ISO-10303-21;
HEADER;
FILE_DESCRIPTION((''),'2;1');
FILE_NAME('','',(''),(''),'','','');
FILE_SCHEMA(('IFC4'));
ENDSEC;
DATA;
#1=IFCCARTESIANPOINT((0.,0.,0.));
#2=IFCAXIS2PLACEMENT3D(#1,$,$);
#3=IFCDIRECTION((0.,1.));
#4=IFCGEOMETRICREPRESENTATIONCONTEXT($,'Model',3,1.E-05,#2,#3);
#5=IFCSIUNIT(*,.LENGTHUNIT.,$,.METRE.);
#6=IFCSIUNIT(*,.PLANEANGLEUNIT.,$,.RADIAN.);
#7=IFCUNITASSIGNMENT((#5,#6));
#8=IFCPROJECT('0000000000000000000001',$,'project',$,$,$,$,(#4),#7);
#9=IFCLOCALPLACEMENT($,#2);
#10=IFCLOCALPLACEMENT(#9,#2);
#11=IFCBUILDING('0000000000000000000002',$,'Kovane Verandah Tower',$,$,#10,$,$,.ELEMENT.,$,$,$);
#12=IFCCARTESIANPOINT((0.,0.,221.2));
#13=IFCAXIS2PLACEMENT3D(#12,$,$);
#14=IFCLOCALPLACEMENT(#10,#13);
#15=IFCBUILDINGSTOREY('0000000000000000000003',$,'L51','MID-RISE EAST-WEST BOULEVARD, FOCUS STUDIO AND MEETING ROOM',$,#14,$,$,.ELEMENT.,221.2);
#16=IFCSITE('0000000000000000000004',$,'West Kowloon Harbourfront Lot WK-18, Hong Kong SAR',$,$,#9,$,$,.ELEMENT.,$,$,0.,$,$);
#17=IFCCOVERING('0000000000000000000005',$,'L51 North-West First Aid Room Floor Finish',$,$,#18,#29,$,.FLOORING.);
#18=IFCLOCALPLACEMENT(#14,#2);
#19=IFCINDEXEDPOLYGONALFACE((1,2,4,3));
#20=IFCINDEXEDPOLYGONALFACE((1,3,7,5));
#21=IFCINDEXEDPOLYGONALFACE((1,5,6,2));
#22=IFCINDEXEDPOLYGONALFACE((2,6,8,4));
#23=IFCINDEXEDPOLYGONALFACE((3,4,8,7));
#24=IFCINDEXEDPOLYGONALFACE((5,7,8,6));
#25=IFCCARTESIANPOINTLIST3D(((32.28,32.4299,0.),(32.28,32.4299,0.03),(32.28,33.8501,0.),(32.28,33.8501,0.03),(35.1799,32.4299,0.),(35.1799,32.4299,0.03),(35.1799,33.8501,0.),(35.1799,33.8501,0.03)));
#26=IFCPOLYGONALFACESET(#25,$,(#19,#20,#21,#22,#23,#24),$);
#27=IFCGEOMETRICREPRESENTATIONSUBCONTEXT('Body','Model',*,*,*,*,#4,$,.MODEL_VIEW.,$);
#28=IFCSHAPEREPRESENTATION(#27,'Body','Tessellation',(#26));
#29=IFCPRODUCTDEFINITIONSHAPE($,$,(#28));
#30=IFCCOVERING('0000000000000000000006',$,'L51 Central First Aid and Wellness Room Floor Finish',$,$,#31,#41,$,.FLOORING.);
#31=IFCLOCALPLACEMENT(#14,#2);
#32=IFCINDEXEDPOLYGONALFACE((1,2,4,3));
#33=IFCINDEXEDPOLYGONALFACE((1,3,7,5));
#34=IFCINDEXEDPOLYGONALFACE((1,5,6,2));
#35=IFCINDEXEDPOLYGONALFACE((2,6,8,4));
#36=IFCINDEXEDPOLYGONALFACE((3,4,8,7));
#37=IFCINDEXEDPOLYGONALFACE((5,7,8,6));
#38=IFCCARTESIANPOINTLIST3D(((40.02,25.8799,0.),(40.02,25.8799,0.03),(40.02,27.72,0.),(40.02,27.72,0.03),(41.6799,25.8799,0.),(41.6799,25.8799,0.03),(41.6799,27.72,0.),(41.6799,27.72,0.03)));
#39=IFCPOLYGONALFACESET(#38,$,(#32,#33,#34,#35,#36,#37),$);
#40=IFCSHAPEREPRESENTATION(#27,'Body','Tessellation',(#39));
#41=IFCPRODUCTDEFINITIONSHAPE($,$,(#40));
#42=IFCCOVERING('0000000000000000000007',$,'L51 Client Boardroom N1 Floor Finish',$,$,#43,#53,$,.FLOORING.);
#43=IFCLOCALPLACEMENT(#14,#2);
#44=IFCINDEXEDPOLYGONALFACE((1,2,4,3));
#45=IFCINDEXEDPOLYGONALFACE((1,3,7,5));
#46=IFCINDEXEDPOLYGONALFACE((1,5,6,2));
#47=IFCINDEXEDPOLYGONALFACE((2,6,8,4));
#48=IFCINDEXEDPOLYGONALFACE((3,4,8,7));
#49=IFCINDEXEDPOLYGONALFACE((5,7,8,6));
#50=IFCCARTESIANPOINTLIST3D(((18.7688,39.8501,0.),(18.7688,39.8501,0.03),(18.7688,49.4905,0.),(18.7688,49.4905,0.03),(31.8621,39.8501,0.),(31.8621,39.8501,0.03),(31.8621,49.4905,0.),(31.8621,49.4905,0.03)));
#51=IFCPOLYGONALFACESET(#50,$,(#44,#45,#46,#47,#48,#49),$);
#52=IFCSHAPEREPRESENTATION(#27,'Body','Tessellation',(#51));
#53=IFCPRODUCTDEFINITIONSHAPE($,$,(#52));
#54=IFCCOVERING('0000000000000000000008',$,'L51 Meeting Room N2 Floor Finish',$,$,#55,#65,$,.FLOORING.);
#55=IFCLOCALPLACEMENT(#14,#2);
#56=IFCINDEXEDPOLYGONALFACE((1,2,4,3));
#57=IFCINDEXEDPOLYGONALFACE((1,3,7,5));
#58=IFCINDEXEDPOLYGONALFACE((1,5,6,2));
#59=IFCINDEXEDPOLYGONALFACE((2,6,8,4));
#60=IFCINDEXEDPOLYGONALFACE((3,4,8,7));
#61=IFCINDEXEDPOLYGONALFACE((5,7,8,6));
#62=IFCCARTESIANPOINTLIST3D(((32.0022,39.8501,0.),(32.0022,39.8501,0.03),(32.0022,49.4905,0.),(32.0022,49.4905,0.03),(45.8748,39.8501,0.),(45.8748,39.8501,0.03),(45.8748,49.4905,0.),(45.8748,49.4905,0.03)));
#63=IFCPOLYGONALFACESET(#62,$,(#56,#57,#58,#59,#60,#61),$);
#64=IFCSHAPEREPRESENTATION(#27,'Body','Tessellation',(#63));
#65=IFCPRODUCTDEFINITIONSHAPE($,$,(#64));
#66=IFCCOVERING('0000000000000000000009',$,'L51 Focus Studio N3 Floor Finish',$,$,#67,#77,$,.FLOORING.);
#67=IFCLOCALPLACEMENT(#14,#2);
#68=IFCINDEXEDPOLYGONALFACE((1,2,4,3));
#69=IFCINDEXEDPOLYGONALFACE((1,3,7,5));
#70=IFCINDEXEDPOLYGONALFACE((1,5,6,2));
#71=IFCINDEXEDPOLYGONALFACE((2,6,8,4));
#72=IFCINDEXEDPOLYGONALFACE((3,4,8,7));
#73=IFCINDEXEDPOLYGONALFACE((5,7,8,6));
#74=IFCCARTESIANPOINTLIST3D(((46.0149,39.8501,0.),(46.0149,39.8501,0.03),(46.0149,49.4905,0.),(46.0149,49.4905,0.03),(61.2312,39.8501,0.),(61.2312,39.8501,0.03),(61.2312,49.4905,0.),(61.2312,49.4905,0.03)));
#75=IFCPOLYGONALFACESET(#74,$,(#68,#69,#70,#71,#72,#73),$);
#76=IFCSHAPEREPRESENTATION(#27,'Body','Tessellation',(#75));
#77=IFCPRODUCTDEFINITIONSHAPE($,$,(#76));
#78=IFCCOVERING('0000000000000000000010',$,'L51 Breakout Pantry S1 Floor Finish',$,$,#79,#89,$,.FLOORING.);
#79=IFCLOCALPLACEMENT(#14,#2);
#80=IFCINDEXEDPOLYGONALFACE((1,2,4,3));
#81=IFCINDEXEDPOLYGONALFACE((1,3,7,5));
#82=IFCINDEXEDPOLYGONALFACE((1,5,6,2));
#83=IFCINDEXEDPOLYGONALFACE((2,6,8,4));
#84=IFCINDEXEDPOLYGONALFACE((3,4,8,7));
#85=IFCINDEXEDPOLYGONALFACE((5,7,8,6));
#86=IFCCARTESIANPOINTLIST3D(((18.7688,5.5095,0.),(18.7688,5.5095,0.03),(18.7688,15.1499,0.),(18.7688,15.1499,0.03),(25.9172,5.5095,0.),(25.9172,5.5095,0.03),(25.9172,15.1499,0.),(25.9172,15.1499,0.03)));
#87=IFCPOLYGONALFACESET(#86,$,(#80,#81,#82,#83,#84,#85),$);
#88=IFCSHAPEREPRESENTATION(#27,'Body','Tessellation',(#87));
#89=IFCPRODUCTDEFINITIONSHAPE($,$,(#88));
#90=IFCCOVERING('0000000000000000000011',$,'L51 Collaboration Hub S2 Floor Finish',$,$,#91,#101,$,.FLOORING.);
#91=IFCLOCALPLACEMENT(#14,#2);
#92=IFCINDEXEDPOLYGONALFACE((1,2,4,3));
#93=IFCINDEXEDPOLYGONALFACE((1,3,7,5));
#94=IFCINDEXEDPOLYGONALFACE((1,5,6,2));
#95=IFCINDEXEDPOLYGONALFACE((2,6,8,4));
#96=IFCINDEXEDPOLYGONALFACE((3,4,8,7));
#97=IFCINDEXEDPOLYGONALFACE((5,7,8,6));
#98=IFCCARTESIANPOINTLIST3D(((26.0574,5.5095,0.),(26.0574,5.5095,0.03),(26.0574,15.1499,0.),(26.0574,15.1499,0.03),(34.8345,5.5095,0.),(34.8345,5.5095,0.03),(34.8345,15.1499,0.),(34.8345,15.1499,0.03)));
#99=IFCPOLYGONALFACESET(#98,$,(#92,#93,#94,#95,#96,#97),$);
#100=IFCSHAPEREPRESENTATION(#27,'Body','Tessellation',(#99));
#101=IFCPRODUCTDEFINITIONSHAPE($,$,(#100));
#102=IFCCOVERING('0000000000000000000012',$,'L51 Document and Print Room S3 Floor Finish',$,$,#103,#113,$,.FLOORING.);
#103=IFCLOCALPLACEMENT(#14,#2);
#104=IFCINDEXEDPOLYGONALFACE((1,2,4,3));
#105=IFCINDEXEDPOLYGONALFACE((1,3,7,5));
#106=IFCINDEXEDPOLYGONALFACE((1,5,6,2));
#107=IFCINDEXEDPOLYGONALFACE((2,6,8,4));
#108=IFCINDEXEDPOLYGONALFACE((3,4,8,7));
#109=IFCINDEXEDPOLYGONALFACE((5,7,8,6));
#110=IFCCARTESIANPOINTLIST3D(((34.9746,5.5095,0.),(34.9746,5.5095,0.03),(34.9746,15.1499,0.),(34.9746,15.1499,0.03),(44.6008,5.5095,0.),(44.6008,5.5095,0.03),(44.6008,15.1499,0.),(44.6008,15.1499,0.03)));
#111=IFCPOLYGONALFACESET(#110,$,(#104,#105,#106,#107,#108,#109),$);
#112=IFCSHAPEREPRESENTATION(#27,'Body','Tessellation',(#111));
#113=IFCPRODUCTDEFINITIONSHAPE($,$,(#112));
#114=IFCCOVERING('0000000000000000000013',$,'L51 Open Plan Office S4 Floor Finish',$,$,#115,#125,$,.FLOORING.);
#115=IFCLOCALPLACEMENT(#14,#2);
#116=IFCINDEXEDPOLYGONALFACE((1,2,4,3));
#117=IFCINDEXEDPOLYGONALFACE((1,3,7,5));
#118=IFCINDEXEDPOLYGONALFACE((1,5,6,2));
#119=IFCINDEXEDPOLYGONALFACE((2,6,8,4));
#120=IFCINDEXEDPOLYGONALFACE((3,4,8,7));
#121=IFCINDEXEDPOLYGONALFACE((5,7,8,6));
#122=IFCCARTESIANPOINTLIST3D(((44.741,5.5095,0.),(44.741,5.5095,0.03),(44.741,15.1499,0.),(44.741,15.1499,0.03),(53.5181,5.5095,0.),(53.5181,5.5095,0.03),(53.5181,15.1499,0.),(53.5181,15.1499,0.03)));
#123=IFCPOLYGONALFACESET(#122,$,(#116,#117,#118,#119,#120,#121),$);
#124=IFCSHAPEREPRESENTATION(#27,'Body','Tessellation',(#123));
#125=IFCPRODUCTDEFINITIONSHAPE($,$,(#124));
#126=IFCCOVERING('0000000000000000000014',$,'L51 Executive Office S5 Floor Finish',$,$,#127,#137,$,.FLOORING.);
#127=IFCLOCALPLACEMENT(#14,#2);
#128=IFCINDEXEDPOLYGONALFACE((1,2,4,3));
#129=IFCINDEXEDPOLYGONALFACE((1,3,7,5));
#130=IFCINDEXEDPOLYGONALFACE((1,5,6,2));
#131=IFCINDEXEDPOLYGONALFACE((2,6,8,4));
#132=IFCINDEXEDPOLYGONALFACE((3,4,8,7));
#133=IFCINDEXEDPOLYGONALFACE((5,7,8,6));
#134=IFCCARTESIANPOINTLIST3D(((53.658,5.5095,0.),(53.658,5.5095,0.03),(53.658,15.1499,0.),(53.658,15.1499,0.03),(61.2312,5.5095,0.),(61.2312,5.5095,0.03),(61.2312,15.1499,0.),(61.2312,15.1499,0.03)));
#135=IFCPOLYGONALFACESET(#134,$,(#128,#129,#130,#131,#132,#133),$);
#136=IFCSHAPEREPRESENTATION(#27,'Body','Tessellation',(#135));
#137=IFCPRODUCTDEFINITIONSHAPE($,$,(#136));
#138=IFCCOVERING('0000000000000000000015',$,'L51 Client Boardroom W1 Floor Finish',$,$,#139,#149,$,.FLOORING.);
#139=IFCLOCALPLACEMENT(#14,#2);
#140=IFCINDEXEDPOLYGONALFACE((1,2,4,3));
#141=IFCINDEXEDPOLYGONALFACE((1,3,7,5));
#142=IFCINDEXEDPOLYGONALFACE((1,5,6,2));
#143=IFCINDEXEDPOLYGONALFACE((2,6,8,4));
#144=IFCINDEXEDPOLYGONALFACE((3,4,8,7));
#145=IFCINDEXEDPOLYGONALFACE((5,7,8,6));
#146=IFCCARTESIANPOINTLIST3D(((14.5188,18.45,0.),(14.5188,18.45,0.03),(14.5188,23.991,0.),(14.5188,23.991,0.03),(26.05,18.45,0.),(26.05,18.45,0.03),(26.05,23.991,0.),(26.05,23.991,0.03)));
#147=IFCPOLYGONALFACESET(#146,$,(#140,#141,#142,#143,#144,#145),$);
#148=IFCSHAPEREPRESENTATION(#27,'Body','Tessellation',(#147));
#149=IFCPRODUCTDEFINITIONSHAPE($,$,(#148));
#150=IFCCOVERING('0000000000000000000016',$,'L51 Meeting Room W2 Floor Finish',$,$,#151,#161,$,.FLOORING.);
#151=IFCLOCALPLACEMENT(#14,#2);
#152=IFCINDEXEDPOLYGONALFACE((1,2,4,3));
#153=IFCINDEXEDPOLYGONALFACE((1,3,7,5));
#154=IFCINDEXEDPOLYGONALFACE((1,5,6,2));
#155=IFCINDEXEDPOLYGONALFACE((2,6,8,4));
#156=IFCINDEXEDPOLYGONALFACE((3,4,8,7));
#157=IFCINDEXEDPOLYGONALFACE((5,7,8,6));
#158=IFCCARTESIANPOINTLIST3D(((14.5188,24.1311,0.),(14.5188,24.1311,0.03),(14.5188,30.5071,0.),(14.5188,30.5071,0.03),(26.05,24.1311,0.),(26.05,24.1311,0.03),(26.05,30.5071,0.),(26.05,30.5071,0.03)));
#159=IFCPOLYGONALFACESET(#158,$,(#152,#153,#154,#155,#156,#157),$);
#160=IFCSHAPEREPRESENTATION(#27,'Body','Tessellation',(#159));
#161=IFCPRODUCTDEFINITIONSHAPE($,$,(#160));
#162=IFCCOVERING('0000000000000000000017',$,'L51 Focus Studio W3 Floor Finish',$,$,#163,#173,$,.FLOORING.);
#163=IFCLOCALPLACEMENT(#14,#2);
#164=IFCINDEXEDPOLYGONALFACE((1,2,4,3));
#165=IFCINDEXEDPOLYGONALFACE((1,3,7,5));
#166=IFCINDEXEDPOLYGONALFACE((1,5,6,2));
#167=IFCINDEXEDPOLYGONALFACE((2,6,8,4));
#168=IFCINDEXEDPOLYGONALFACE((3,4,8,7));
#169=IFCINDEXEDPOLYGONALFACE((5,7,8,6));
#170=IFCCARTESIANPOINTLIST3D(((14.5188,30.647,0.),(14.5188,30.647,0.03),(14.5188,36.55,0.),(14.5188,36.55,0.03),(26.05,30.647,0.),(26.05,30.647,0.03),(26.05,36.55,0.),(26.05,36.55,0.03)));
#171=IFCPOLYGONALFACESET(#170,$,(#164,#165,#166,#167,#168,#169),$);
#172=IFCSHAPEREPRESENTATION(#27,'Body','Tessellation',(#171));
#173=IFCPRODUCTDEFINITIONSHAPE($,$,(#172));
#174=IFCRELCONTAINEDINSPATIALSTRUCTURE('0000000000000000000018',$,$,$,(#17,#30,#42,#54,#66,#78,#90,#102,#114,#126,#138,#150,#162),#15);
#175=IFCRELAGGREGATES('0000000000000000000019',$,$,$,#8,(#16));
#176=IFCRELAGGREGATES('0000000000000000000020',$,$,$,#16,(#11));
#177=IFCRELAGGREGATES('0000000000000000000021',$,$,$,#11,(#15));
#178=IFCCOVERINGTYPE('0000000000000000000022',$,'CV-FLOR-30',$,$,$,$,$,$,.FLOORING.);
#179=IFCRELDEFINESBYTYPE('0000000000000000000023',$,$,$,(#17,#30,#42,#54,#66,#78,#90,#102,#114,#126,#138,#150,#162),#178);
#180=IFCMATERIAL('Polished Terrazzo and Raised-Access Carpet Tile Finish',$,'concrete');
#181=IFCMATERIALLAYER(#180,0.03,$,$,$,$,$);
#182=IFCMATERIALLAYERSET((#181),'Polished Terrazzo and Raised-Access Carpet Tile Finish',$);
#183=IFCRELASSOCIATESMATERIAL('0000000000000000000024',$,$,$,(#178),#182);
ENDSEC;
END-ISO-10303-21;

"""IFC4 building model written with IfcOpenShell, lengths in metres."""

from ifc_helpers import new_model, si_unit, direction, frame, origin, place, context, subcontext, project, spatial, polyline, outline, extrude, material, layer, layer_set, type_object, element, save


model = new_model("IFC4")

# Units and contexts
model_context = context("Model", 3, precision=1e-05, world=origin(), true_north=direction((0.0, 1.0)))
body_context = subcontext(model_context, "Body", "Model", "MODEL_VIEW")
ifc_project = project(units=[si_unit("LENGTHUNIT", "METRE"), si_unit("PLANEANGLEUNIT", "RADIAN")], contexts=[model_context])

# Site, building, storey
site_placement = place(None, origin())
site = spatial("IfcSite", under=ifc_project, at=site_placement, Name="West Kowloon Harbourfront Lot WK-18, Hong Kong SAR", CompositionType="ELEMENT", RefElevation=0.0)
building_placement = place(site_placement, origin())
building = spatial("IfcBuilding", under=site, at=building_placement, Name="Kovane Verandah Tower", CompositionType="ELEMENT")
storey_placement = place(building_placement, frame((0.0, 0.0, 221.2)))
storey = spatial("IfcBuildingStorey", under=building, at=storey_placement, Name="L51", Description="MID-RISE EAST-WEST BOULEVARD, FOCUS STUDIO AND MEETING ROOM", CompositionType="ELEMENT", Elevation=221.2)

# Coverings
ifc_material_1 = material(Name="Polished Terrazzo and Raised-Access Carpet Tile Finish", Category="concrete")
ifc_layer_1 = layer(ifc_material_1, 0.03)
ifc_layer_set_1 = layer_set([ifc_layer_1], Name="Polished Terrazzo and Raised-Access Carpet Tile Finish")
covering_type = type_object("IfcCoveringType", Name="CV-FLOR-30", PredefinedType="FLOORING", material=ifc_layer_set_1)
covering_1_placement = place(storey_placement, origin())
element("IfcCovering", 1, at=covering_1_placement, inside=storey, type_object=covering_type, Name="L51 North-West First Aid Room Floor Finish", PredefinedType="FLOORING", context=body_context, shape_type="SweptSolid", body=[
    extrude(outline(polyline([(32.28, 32.4299), (35.1799, 32.4299), (35.1799, 33.8501), (32.28, 33.8501), (32.28, 32.4299)])), origin(), (0.0, 0.0, 1.0), 0.03),
])
covering_2_placement = place(storey_placement, origin())
element("IfcCovering", 2, at=covering_2_placement, inside=storey, type_object=covering_type, Name="L51 Central First Aid and Wellness Room Floor Finish", PredefinedType="FLOORING", context=body_context, shape_type="SweptSolid", body=[
    extrude(outline(polyline([(40.02, 25.8799), (41.6799, 25.8799), (41.6799, 27.72), (40.02, 27.72), (40.02, 25.8799)])), origin(), (0.0, 0.0, 1.0), 0.03),
])
covering_3_placement = place(storey_placement, origin())
element("IfcCovering", 3, at=covering_3_placement, inside=storey, type_object=covering_type, Name="L51 Client Boardroom N1 Floor Finish", PredefinedType="FLOORING", context=body_context, shape_type="SweptSolid", body=[
    extrude(outline(polyline([(18.7688, 39.8501), (31.8621, 39.8501), (31.8621, 49.4905), (18.7688, 49.4905), (18.7688, 39.8501)])), origin(), (0.0, 0.0, 1.0), 0.03),
])
covering_4_placement = place(storey_placement, origin())
element("IfcCovering", 4, at=covering_4_placement, inside=storey, type_object=covering_type, Name="L51 Meeting Room N2 Floor Finish", PredefinedType="FLOORING", context=body_context, shape_type="SweptSolid", body=[
    extrude(outline(polyline([(32.0022, 39.8501), (45.8748, 39.8501), (45.8748, 49.4905), (32.0022, 49.4905), (32.0022, 39.8501)])), origin(), (0.0, 0.0, 1.0), 0.03),
])
covering_5_placement = place(storey_placement, origin())
element("IfcCovering", 5, at=covering_5_placement, inside=storey, type_object=covering_type, Name="L51 Focus Studio N3 Floor Finish", PredefinedType="FLOORING", context=body_context, shape_type="SweptSolid", body=[
    extrude(outline(polyline([(46.0149, 39.8501), (61.2312, 39.8501), (61.2312, 49.4905), (46.0149, 49.4905), (46.0149, 39.8501)])), origin(), (0.0, 0.0, 1.0), 0.03),
])
covering_6_placement = place(storey_placement, origin())
element("IfcCovering", 6, at=covering_6_placement, inside=storey, type_object=covering_type, Name="L51 Breakout Pantry S1 Floor Finish", PredefinedType="FLOORING", context=body_context, shape_type="SweptSolid", body=[
    extrude(outline(polyline([(18.7688, 5.5095), (25.9172, 5.5095), (25.9172, 15.1499), (18.7688, 15.1499), (18.7688, 5.5095)])), origin(), (0.0, 0.0, 1.0), 0.03),
])
covering_7_placement = place(storey_placement, origin())
element("IfcCovering", 7, at=covering_7_placement, inside=storey, type_object=covering_type, Name="L51 Collaboration Hub S2 Floor Finish", PredefinedType="FLOORING", context=body_context, shape_type="SweptSolid", body=[
    extrude(outline(polyline([(26.0574, 5.5095), (34.8345, 5.5095), (34.8345, 15.1499), (26.0574, 15.1499), (26.0574, 5.5095)])), origin(), (0.0, 0.0, 1.0), 0.03),
])
covering_8_placement = place(storey_placement, origin())
element("IfcCovering", 8, at=covering_8_placement, inside=storey, type_object=covering_type, Name="L51 Document and Print Room S3 Floor Finish", PredefinedType="FLOORING", context=body_context, shape_type="SweptSolid", body=[
    extrude(outline(polyline([(34.9746, 5.5095), (44.6008, 5.5095), (44.6008, 15.1499), (34.9746, 15.1499), (34.9746, 5.5095)])), origin(), (0.0, 0.0, 1.0), 0.03),
])
covering_9_placement = place(storey_placement, origin())
element("IfcCovering", 9, at=covering_9_placement, inside=storey, type_object=covering_type, Name="L51 Open Plan Office S4 Floor Finish", PredefinedType="FLOORING", context=body_context, shape_type="SweptSolid", body=[
    extrude(outline(polyline([(44.741, 5.5095), (53.5181, 5.5095), (53.5181, 15.1499), (44.741, 15.1499), (44.741, 5.5095)])), origin(), (0.0, 0.0, 1.0), 0.03),
])
covering_10_placement = place(storey_placement, origin())
element("IfcCovering", 10, at=covering_10_placement, inside=storey, type_object=covering_type, Name="L51 Executive Office S5 Floor Finish", PredefinedType="FLOORING", context=body_context, shape_type="SweptSolid", body=[
    extrude(outline(polyline([(53.658, 5.5095), (61.2312, 5.5095), (61.2312, 15.1499), (53.658, 15.1499), (53.658, 5.5095)])), origin(), (0.0, 0.0, 1.0), 0.03),
])
covering_11_placement = place(storey_placement, origin())
element("IfcCovering", 11, at=covering_11_placement, inside=storey, type_object=covering_type, Name="L51 Client Boardroom W1 Floor Finish", PredefinedType="FLOORING", context=body_context, shape_type="SweptSolid", body=[
    extrude(outline(polyline([(14.5188, 18.45), (26.05, 18.45), (26.05, 23.991), (14.5188, 23.991), (14.5188, 18.45)])), origin(), (0.0, 0.0, 1.0), 0.03),
])
covering_12_placement = place(storey_placement, origin())
element("IfcCovering", 12, at=covering_12_placement, inside=storey, type_object=covering_type, Name="L51 Meeting Room W2 Floor Finish", PredefinedType="FLOORING", context=body_context, shape_type="SweptSolid", body=[
    extrude(outline(polyline([(14.5188, 24.1311), (26.05, 24.1311), (26.05, 30.5071), (14.5188, 30.5071), (14.5188, 24.1311)])), origin(), (0.0, 0.0, 1.0), 0.03),
])
covering_13_placement = place(storey_placement, origin())
element("IfcCovering", 13, at=covering_13_placement, inside=storey, type_object=covering_type, Name="L51 Focus Studio W3 Floor Finish", PredefinedType="FLOORING", context=body_context, shape_type="SweptSolid", body=[
    extrude(outline(polyline([(14.5188, 30.647), (26.05, 30.647), (26.05, 36.55), (14.5188, 36.55), (14.5188, 30.647)])), origin(), (0.0, 0.0, 1.0), 0.03),
])

save(model, "model.ifc")
